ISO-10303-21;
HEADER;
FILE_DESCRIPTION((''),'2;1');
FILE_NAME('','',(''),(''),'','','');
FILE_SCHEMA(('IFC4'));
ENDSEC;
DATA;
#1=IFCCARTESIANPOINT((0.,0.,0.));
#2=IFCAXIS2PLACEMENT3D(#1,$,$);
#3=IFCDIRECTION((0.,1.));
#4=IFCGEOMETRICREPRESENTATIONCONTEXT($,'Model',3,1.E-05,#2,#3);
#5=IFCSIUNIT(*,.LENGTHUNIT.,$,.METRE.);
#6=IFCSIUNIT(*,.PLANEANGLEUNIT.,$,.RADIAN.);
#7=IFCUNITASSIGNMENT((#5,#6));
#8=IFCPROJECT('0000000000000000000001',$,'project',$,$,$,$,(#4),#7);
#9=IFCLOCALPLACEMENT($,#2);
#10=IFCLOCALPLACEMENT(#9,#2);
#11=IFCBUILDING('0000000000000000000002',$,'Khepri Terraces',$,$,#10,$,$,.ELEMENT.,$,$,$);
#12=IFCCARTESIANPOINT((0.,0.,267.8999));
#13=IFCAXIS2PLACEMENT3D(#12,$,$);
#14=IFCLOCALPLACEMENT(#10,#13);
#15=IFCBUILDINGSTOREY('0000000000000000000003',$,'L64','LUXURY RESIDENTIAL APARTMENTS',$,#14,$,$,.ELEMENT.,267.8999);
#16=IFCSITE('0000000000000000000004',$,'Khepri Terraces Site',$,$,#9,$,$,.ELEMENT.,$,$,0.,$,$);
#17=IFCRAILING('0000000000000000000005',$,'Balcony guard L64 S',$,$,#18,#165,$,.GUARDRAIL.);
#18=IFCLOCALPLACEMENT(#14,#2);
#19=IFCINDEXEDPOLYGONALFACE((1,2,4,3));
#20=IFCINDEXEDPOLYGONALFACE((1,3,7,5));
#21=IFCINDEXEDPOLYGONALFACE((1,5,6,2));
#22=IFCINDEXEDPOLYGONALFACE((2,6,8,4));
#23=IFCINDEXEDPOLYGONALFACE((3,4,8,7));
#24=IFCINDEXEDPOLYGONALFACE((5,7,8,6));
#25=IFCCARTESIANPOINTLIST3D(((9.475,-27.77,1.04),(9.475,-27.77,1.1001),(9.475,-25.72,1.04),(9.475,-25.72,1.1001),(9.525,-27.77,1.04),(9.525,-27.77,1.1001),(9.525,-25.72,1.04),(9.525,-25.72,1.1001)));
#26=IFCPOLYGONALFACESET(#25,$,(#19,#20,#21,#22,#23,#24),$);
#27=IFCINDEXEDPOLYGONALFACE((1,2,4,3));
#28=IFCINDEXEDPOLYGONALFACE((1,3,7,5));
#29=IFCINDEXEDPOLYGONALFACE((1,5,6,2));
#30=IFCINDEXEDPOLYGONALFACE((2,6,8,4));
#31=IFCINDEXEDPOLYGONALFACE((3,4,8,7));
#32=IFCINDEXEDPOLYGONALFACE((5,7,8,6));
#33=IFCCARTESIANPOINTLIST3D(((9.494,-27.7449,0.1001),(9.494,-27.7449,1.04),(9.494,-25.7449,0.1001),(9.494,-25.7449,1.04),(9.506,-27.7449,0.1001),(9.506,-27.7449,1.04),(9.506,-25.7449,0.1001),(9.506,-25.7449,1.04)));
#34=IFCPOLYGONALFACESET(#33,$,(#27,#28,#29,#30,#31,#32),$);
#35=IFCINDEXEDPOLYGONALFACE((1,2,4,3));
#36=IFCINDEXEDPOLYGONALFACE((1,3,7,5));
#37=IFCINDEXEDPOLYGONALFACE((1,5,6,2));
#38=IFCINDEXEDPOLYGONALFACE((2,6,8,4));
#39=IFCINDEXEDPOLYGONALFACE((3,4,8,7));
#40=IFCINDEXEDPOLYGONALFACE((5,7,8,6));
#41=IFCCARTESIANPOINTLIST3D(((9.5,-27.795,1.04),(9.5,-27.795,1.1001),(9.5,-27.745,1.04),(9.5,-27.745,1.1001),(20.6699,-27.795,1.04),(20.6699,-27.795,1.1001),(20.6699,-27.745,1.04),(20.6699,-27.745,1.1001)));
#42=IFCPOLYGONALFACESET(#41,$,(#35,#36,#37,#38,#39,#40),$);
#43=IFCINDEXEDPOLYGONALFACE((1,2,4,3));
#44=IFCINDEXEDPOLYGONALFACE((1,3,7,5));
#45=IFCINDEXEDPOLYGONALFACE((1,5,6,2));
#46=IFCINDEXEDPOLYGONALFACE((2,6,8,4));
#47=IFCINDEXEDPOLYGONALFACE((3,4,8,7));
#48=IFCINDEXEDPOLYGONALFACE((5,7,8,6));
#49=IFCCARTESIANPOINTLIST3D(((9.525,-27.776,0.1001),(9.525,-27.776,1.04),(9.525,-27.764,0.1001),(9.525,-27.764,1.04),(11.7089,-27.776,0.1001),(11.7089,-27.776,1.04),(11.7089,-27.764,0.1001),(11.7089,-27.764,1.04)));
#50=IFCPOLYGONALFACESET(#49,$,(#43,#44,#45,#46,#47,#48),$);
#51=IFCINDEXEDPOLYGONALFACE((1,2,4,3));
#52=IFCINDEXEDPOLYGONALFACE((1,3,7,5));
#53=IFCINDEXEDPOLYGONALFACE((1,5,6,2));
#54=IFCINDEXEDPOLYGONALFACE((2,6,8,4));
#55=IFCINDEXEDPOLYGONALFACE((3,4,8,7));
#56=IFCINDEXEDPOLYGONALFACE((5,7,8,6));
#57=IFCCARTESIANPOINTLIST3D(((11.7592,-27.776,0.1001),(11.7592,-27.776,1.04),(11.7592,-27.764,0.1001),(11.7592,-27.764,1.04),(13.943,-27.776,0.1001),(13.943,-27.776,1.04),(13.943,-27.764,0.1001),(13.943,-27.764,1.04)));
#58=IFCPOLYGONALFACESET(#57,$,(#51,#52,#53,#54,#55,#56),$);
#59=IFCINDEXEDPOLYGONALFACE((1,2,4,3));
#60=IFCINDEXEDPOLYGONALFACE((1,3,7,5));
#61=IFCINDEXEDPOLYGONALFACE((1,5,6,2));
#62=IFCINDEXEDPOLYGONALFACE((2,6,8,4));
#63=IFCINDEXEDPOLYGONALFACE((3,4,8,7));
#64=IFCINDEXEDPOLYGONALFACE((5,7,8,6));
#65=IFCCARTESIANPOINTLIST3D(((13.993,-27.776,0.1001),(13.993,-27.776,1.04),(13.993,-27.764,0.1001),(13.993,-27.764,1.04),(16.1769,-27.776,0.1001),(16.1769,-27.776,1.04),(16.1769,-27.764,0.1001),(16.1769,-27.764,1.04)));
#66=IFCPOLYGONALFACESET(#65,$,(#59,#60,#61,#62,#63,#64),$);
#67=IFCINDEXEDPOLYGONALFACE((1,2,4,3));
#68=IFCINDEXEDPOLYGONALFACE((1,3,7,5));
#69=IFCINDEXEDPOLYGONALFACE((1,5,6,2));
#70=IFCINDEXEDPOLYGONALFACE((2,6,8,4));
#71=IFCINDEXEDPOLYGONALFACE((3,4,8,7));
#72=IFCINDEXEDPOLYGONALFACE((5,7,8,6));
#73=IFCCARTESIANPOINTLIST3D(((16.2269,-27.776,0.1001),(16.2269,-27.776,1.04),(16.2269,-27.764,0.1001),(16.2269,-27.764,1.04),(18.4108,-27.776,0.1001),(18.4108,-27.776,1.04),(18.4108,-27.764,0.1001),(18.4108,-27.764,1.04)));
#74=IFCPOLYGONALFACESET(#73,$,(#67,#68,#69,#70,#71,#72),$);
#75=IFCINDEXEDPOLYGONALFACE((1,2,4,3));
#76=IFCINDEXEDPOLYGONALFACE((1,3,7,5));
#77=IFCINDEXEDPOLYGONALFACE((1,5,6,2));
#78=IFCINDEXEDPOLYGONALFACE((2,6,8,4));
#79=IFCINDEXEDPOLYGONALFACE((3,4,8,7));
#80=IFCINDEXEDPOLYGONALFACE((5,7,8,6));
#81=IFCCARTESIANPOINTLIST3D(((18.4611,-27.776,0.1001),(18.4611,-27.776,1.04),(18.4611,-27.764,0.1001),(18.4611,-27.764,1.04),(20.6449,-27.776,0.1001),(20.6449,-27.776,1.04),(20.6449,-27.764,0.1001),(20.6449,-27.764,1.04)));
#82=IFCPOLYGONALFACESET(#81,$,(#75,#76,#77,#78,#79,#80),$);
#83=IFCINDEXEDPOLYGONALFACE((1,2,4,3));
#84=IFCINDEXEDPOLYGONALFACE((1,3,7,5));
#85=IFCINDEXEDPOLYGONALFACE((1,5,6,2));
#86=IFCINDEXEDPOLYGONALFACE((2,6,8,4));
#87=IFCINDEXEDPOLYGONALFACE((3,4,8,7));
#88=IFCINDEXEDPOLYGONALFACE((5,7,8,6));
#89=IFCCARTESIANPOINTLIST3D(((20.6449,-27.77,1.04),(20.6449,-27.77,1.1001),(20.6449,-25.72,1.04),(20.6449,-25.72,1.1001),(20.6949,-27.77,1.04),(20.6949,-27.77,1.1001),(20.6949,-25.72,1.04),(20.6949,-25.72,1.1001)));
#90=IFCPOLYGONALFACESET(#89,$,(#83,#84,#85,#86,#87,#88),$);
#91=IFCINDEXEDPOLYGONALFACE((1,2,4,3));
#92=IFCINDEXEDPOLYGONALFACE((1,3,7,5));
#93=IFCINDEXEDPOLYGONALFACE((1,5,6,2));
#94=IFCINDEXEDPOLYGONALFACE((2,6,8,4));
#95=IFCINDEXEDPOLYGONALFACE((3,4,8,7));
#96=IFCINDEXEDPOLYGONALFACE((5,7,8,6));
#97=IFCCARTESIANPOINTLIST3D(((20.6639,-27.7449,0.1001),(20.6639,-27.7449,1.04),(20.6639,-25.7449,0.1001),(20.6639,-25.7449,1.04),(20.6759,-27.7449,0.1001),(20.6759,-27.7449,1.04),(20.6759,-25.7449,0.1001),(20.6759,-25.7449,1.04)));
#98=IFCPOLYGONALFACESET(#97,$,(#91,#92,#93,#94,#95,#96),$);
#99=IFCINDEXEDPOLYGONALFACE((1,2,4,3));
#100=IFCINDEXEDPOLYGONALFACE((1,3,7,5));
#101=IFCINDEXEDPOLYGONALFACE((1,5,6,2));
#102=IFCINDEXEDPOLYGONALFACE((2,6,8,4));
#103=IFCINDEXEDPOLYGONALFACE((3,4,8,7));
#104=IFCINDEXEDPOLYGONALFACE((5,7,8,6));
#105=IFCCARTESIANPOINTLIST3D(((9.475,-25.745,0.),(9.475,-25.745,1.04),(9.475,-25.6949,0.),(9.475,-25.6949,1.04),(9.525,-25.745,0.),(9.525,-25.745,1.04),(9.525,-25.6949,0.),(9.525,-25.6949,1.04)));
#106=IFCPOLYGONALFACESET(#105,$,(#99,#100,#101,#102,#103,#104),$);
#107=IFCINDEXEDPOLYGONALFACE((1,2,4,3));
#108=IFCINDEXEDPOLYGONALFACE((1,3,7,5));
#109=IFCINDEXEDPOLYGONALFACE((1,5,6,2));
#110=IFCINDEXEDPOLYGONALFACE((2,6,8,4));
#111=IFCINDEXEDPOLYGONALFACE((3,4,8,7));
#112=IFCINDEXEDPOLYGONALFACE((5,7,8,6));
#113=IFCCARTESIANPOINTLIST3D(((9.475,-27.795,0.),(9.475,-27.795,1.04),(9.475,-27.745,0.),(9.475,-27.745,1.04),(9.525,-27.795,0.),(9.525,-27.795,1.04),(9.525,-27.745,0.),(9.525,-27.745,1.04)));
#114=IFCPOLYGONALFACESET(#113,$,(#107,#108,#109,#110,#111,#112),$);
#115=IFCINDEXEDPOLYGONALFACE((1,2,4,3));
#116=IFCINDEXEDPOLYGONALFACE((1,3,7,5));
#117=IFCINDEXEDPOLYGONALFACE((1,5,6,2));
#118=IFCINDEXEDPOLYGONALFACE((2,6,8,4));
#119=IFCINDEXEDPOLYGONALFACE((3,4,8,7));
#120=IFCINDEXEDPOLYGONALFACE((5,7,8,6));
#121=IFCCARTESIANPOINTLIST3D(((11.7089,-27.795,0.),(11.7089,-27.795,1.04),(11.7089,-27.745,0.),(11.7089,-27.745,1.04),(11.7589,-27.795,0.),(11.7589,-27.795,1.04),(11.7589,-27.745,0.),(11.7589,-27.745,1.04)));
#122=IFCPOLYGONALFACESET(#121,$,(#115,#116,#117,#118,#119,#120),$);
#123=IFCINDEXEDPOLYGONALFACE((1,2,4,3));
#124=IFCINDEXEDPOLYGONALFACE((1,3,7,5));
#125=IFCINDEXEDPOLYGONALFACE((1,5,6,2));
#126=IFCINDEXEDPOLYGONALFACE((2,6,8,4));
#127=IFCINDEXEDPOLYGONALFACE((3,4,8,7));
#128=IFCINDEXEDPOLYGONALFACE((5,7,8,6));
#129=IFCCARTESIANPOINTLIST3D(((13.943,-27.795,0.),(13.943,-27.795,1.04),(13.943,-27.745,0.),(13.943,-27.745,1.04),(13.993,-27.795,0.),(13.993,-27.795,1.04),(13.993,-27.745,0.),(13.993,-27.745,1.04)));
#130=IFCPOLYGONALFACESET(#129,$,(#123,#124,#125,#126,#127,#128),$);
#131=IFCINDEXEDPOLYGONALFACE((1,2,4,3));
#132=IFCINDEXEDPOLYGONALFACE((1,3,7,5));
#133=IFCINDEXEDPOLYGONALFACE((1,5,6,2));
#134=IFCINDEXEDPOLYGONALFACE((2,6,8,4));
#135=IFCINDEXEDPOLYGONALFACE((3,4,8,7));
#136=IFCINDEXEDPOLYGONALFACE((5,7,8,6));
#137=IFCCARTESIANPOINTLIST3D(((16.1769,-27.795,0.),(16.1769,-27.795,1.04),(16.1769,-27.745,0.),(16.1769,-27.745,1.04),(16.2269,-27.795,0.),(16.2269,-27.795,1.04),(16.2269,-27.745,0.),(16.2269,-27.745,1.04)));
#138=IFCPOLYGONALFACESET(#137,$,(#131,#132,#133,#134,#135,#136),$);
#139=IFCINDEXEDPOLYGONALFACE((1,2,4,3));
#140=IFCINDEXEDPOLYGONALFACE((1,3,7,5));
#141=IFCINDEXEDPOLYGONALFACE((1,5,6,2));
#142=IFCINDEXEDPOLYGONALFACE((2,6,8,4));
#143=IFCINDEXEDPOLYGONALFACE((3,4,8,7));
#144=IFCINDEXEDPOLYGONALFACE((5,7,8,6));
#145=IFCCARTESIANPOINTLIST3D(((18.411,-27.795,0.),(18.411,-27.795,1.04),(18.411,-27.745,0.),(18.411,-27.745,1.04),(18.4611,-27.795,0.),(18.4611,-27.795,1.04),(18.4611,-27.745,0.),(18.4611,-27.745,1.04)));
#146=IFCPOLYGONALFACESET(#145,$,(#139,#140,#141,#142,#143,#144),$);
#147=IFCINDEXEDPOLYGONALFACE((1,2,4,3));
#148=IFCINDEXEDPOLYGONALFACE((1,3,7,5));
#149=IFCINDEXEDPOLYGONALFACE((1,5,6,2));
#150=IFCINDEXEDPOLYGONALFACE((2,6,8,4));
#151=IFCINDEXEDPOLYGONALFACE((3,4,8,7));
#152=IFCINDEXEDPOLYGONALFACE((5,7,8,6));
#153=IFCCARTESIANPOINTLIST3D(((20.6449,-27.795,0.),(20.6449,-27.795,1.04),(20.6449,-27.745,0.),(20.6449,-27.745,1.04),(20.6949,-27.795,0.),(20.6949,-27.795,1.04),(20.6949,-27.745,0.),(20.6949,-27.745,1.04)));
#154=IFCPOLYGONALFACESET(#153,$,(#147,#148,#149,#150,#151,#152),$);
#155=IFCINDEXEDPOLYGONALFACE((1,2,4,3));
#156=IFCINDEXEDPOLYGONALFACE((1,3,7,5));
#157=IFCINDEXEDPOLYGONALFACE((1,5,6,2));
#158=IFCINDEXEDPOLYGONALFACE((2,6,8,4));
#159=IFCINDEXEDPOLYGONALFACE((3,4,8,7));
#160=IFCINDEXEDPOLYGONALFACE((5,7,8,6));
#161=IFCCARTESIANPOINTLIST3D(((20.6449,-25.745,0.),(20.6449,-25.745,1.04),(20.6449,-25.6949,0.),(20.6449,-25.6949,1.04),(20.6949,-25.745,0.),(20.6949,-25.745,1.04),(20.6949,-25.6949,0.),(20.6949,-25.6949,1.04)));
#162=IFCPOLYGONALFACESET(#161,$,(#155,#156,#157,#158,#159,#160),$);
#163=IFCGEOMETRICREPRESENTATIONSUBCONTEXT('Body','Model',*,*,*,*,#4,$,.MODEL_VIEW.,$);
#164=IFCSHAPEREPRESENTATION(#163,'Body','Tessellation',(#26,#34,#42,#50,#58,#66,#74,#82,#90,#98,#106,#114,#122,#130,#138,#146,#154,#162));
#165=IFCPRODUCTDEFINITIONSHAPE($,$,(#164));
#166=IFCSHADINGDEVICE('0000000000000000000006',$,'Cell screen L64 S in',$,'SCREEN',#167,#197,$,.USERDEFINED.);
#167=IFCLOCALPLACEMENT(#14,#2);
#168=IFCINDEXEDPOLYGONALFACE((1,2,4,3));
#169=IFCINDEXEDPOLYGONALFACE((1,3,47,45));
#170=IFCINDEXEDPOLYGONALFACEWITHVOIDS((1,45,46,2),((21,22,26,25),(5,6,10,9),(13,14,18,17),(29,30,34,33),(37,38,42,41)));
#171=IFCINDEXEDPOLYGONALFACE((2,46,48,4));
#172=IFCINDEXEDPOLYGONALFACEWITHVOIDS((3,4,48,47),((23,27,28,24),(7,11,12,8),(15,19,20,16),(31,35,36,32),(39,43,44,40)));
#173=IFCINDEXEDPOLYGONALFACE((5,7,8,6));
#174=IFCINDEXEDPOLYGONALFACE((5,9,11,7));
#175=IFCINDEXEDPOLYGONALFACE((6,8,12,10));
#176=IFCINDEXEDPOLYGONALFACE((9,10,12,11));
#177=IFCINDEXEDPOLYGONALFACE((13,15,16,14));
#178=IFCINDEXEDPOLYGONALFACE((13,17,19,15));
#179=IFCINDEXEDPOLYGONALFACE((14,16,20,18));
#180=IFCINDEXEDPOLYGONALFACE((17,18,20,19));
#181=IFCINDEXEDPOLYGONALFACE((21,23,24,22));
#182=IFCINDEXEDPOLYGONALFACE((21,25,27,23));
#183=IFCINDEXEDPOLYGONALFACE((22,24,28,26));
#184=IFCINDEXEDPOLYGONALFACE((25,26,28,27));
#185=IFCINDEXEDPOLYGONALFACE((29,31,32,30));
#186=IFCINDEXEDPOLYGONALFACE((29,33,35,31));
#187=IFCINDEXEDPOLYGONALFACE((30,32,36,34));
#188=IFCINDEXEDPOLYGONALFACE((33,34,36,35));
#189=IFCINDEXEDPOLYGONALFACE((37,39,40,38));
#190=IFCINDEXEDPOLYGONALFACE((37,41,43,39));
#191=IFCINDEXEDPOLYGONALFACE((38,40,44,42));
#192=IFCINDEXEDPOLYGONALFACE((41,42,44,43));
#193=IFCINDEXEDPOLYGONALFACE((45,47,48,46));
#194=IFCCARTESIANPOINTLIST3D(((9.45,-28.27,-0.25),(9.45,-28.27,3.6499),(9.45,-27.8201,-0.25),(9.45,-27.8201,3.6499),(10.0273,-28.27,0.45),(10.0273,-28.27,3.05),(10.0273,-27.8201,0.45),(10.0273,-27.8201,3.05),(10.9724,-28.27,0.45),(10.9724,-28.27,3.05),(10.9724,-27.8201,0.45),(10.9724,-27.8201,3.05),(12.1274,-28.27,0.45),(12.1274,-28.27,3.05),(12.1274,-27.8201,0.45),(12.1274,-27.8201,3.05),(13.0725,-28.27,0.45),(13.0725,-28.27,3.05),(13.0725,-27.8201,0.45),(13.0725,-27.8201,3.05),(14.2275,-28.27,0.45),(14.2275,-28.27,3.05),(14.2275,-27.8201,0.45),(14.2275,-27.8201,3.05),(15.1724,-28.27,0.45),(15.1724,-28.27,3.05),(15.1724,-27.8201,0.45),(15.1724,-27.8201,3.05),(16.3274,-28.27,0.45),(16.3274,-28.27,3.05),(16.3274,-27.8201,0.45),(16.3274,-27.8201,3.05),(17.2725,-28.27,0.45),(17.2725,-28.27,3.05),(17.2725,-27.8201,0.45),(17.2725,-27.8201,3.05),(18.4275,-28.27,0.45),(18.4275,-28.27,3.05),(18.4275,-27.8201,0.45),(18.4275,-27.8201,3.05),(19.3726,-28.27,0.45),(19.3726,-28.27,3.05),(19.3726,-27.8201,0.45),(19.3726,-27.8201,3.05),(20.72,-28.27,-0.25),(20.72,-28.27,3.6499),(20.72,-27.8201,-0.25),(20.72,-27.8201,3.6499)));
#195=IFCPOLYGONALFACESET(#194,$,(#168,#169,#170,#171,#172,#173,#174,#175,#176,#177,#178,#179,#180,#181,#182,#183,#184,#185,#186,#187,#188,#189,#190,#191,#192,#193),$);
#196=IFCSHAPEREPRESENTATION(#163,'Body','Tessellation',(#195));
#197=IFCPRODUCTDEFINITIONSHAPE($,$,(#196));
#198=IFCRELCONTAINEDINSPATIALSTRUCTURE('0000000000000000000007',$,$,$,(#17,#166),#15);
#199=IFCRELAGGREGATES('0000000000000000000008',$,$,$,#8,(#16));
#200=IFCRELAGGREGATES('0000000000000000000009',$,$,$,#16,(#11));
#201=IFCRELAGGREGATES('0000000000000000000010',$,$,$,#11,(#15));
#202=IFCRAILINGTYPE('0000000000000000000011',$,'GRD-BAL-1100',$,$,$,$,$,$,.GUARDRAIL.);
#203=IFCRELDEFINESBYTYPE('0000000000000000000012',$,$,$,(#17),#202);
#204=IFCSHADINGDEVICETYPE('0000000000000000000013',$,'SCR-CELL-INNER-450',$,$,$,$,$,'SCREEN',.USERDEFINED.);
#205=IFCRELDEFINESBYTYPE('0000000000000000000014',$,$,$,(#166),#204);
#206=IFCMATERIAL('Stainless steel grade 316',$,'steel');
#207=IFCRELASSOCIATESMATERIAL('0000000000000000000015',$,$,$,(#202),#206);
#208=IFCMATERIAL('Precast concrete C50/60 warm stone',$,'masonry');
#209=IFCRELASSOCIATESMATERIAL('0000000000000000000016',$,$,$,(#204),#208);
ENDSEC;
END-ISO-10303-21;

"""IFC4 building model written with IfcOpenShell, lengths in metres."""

from ifc_helpers import new_model, si_unit, direction, frame, origin, origin_2d, place, context, subcontext, project, spatial, polyline, rectangle, outline, extrude, material, type_object, element, save


model = new_model("IFC4")

# Units and contexts
model_context = context("Model", 3, precision=1e-05, world=origin(), true_north=direction((0.0, 1.0)))
body_context = subcontext(model_context, "Body", "Model", "MODEL_VIEW")
ifc_project = project(units=[si_unit("LENGTHUNIT", "METRE"), si_unit("PLANEANGLEUNIT", "RADIAN")], contexts=[model_context])

# Site, building, storey
site_placement = place(None, origin())
site = spatial("IfcSite", under=ifc_project, at=site_placement, Name="Khepri Terraces Site", CompositionType="ELEMENT", RefElevation=0.0)
building_placement = place(site_placement, origin())
building = spatial("IfcBuilding", under=site, at=building_placement, Name="Khepri Terraces", CompositionType="ELEMENT")
storey_placement = place(building_placement, frame((0.0, 0.0, 267.8999)))
storey = spatial("IfcBuildingStorey", under=building, at=storey_placement, Name="L64", Description="LUXURY RESIDENTIAL APARTMENTS", CompositionType="ELEMENT", Elevation=267.8999)

# Railing
ifc_material_1 = material(Name="Stainless steel grade 316", Category="steel")
railing_type = type_object("IfcRailingType", Name="GRD-BAL-1100", PredefinedType="GUARDRAIL", material=ifc_material_1)
railing_placement = place(storey_placement, frame((9.5, -25.72, 0.0)))
element("IfcRailing", 1, at=railing_placement, inside=storey, type_object=railing_type, Name="Balcony guard L64 S", PredefinedType="GUARDRAIL", context=body_context, shape_type="SweptSolid", body=[
    extrude(rectangle(XDim=0.05, YDim=0.0601, at=origin_2d()), frame((0.0, 0.0, 1.0701), z_axis=(0.0, -1.0, 0.0), x_axis=(1.0, 0.0, 0.0)), (0.0, 0.0, 1.0), 2.05),
    extrude(rectangle(XDim=2.0, YDim=0.012, at=origin_2d()), frame((0.0, -1.0249, 0.1001), z_axis=(0.0, 0.0, 1.0), x_axis=(0.0, -1.0, 0.0)), (0.0, 0.0, 1.0), 0.9399),
    extrude(rectangle(XDim=0.05, YDim=0.0601, at=origin_2d()), frame((0.0, -2.05, 1.0701), z_axis=(1.0, 0.0, 0.0), x_axis=(0.0, 1.0, 0.0)), (0.0, 0.0, 1.0), 11.1699),
    extrude(rectangle(XDim=2.1838, YDim=0.012, at=origin_2d()), frame((1.1169, -2.05, 0.1001), z_axis=(0.0, 0.0, 1.0), x_axis=(1.0, 0.0, 0.0)), (0.0, 0.0, 1.0), 0.9399),
    extrude(rectangle(XDim=2.1838, YDim=0.012, at=origin_2d()), frame((3.3511, -2.05, 0.1001), z_axis=(0.0, 0.0, 1.0), x_axis=(1.0, 0.0, 0.0)), (0.0, 0.0, 1.0), 0.9399),
    extrude(rectangle(XDim=2.1838, YDim=0.012, at=origin_2d()), frame((5.585, -2.05, 0.1001), z_axis=(0.0, 0.0, 1.0), x_axis=(1.0, 0.0, 0.0)), (0.0, 0.0, 1.0), 0.9399),
    extrude(rectangle(XDim=2.1838, YDim=0.012, at=origin_2d()), frame((7.8188, -2.05, 0.1001), z_axis=(0.0, 0.0, 1.0), x_axis=(1.0, 0.0, 0.0)), (0.0, 0.0, 1.0), 0.9399),
    extrude(rectangle(XDim=2.1838, YDim=0.012, at=origin_2d()), frame((10.053, -2.05, 0.1001), z_axis=(0.0, 0.0, 1.0), x_axis=(1.0, 0.0, 0.0)), (0.0, 0.0, 1.0), 0.9399),
    extrude(rectangle(XDim=0.05, YDim=0.0601, at=origin_2d()), frame((11.1699, -2.05, 1.0701), z_axis=(0.0, 1.0, 0.0), x_axis=(-1.0, 0.0, 0.0)), (0.0, 0.0, 1.0), 2.05),
    extrude(rectangle(XDim=2.0, YDim=0.012, at=origin_2d()), frame((11.1699, -1.0249, 0.1001), z_axis=(0.0, 0.0, 1.0), x_axis=(0.0, 1.0, 0.0)), (0.0, 0.0, 1.0), 0.9399),
    extrude(rectangle(XDim=0.05, YDim=0.05, at=origin_2d()), origin(), (0.0, 0.0, 1.0), 1.04),
    extrude(rectangle(XDim=0.05, YDim=0.05, at=origin_2d()), frame((0.0, -2.05, 0.0)), (0.0, 0.0, 1.0), 1.04),
    extrude(rectangle(XDim=0.05, YDim=0.05, at=origin_2d()), frame((2.2339, -2.05, 0.0)), (0.0, 0.0, 1.0), 1.04),
    extrude(rectangle(XDim=0.05, YDim=0.05, at=origin_2d()), frame((4.468, -2.05, 0.0)), (0.0, 0.0, 1.0), 1.04),
    extrude(rectangle(XDim=0.05, YDim=0.05, at=origin_2d()), frame((6.7019, -2.05, 0.0)), (0.0, 0.0, 1.0), 1.04),
    extrude(rectangle(XDim=0.05, YDim=0.05, at=origin_2d()), frame((8.936, -2.05, 0.0)), (0.0, 0.0, 1.0), 1.04),
    extrude(rectangle(XDim=0.05, YDim=0.05, at=origin_2d()), frame((11.1699, -2.05, 0.0)), (0.0, 0.0, 1.0), 1.04),
    extrude(rectangle(XDim=0.05, YDim=0.05, at=origin_2d()), frame((11.1699, 0.0, 0.0)), (0.0, 0.0, 1.0), 1.04),
])

# Shading device
ifc_material_2 = material(Name="Precast concrete C50/60 warm stone", Category="masonry")
shading_device_type_1 = type_object("IfcShadingDeviceType", Name="SCR-CELL-INNER-450", ElementType="SCREEN", PredefinedType="USERDEFINED", material=ifc_material_2)
shading_device_1_placement = place(storey_placement, frame((9.45, -27.8201, -0.25), z_axis=(0.0, -1.0, 0.0), x_axis=(1.0, 0.0, 0.0)))
element("IfcShadingDevice", 2, at=shading_device_1_placement, inside=storey, type_object=shading_device_type_1, Name="Cell screen L64 S in", ObjectType="SCREEN", PredefinedType="USERDEFINED", context=body_context, shape_type="SweptSolid", body=[
    extrude(outline(polyline([(0.0, 0.0), (11.27, 0.0), (11.27, 3.8999), (0.0, 3.8999), (0.0, 0.0)]), holes=[polyline([(0.5774, 0.7), (1.5225, 0.7), (1.5225, 3.3), (0.5774, 3.3), (0.5774, 0.7)]), polyline([(2.6775, 0.7), (3.6226, 0.7), (3.6226, 3.3), (2.6775, 3.3), (2.6775, 0.7)]), polyline([(4.7776, 0.7), (5.7224, 0.7), (5.7224, 3.3), (4.7776, 3.3), (4.7776, 0.7)]), polyline([(6.8774, 0.7), (7.8225, 0.7), (7.8225, 3.3), (6.8774, 3.3), (6.8774, 0.7)]), polyline([(8.9775, 0.7), (9.9226, 0.7), (9.9226, 3.3), (8.9775, 3.3), (8.9775, 0.7)])]), origin(), (0.0, 0.0, 1.0), 0.45),
])

save(model, "model.ifc")
